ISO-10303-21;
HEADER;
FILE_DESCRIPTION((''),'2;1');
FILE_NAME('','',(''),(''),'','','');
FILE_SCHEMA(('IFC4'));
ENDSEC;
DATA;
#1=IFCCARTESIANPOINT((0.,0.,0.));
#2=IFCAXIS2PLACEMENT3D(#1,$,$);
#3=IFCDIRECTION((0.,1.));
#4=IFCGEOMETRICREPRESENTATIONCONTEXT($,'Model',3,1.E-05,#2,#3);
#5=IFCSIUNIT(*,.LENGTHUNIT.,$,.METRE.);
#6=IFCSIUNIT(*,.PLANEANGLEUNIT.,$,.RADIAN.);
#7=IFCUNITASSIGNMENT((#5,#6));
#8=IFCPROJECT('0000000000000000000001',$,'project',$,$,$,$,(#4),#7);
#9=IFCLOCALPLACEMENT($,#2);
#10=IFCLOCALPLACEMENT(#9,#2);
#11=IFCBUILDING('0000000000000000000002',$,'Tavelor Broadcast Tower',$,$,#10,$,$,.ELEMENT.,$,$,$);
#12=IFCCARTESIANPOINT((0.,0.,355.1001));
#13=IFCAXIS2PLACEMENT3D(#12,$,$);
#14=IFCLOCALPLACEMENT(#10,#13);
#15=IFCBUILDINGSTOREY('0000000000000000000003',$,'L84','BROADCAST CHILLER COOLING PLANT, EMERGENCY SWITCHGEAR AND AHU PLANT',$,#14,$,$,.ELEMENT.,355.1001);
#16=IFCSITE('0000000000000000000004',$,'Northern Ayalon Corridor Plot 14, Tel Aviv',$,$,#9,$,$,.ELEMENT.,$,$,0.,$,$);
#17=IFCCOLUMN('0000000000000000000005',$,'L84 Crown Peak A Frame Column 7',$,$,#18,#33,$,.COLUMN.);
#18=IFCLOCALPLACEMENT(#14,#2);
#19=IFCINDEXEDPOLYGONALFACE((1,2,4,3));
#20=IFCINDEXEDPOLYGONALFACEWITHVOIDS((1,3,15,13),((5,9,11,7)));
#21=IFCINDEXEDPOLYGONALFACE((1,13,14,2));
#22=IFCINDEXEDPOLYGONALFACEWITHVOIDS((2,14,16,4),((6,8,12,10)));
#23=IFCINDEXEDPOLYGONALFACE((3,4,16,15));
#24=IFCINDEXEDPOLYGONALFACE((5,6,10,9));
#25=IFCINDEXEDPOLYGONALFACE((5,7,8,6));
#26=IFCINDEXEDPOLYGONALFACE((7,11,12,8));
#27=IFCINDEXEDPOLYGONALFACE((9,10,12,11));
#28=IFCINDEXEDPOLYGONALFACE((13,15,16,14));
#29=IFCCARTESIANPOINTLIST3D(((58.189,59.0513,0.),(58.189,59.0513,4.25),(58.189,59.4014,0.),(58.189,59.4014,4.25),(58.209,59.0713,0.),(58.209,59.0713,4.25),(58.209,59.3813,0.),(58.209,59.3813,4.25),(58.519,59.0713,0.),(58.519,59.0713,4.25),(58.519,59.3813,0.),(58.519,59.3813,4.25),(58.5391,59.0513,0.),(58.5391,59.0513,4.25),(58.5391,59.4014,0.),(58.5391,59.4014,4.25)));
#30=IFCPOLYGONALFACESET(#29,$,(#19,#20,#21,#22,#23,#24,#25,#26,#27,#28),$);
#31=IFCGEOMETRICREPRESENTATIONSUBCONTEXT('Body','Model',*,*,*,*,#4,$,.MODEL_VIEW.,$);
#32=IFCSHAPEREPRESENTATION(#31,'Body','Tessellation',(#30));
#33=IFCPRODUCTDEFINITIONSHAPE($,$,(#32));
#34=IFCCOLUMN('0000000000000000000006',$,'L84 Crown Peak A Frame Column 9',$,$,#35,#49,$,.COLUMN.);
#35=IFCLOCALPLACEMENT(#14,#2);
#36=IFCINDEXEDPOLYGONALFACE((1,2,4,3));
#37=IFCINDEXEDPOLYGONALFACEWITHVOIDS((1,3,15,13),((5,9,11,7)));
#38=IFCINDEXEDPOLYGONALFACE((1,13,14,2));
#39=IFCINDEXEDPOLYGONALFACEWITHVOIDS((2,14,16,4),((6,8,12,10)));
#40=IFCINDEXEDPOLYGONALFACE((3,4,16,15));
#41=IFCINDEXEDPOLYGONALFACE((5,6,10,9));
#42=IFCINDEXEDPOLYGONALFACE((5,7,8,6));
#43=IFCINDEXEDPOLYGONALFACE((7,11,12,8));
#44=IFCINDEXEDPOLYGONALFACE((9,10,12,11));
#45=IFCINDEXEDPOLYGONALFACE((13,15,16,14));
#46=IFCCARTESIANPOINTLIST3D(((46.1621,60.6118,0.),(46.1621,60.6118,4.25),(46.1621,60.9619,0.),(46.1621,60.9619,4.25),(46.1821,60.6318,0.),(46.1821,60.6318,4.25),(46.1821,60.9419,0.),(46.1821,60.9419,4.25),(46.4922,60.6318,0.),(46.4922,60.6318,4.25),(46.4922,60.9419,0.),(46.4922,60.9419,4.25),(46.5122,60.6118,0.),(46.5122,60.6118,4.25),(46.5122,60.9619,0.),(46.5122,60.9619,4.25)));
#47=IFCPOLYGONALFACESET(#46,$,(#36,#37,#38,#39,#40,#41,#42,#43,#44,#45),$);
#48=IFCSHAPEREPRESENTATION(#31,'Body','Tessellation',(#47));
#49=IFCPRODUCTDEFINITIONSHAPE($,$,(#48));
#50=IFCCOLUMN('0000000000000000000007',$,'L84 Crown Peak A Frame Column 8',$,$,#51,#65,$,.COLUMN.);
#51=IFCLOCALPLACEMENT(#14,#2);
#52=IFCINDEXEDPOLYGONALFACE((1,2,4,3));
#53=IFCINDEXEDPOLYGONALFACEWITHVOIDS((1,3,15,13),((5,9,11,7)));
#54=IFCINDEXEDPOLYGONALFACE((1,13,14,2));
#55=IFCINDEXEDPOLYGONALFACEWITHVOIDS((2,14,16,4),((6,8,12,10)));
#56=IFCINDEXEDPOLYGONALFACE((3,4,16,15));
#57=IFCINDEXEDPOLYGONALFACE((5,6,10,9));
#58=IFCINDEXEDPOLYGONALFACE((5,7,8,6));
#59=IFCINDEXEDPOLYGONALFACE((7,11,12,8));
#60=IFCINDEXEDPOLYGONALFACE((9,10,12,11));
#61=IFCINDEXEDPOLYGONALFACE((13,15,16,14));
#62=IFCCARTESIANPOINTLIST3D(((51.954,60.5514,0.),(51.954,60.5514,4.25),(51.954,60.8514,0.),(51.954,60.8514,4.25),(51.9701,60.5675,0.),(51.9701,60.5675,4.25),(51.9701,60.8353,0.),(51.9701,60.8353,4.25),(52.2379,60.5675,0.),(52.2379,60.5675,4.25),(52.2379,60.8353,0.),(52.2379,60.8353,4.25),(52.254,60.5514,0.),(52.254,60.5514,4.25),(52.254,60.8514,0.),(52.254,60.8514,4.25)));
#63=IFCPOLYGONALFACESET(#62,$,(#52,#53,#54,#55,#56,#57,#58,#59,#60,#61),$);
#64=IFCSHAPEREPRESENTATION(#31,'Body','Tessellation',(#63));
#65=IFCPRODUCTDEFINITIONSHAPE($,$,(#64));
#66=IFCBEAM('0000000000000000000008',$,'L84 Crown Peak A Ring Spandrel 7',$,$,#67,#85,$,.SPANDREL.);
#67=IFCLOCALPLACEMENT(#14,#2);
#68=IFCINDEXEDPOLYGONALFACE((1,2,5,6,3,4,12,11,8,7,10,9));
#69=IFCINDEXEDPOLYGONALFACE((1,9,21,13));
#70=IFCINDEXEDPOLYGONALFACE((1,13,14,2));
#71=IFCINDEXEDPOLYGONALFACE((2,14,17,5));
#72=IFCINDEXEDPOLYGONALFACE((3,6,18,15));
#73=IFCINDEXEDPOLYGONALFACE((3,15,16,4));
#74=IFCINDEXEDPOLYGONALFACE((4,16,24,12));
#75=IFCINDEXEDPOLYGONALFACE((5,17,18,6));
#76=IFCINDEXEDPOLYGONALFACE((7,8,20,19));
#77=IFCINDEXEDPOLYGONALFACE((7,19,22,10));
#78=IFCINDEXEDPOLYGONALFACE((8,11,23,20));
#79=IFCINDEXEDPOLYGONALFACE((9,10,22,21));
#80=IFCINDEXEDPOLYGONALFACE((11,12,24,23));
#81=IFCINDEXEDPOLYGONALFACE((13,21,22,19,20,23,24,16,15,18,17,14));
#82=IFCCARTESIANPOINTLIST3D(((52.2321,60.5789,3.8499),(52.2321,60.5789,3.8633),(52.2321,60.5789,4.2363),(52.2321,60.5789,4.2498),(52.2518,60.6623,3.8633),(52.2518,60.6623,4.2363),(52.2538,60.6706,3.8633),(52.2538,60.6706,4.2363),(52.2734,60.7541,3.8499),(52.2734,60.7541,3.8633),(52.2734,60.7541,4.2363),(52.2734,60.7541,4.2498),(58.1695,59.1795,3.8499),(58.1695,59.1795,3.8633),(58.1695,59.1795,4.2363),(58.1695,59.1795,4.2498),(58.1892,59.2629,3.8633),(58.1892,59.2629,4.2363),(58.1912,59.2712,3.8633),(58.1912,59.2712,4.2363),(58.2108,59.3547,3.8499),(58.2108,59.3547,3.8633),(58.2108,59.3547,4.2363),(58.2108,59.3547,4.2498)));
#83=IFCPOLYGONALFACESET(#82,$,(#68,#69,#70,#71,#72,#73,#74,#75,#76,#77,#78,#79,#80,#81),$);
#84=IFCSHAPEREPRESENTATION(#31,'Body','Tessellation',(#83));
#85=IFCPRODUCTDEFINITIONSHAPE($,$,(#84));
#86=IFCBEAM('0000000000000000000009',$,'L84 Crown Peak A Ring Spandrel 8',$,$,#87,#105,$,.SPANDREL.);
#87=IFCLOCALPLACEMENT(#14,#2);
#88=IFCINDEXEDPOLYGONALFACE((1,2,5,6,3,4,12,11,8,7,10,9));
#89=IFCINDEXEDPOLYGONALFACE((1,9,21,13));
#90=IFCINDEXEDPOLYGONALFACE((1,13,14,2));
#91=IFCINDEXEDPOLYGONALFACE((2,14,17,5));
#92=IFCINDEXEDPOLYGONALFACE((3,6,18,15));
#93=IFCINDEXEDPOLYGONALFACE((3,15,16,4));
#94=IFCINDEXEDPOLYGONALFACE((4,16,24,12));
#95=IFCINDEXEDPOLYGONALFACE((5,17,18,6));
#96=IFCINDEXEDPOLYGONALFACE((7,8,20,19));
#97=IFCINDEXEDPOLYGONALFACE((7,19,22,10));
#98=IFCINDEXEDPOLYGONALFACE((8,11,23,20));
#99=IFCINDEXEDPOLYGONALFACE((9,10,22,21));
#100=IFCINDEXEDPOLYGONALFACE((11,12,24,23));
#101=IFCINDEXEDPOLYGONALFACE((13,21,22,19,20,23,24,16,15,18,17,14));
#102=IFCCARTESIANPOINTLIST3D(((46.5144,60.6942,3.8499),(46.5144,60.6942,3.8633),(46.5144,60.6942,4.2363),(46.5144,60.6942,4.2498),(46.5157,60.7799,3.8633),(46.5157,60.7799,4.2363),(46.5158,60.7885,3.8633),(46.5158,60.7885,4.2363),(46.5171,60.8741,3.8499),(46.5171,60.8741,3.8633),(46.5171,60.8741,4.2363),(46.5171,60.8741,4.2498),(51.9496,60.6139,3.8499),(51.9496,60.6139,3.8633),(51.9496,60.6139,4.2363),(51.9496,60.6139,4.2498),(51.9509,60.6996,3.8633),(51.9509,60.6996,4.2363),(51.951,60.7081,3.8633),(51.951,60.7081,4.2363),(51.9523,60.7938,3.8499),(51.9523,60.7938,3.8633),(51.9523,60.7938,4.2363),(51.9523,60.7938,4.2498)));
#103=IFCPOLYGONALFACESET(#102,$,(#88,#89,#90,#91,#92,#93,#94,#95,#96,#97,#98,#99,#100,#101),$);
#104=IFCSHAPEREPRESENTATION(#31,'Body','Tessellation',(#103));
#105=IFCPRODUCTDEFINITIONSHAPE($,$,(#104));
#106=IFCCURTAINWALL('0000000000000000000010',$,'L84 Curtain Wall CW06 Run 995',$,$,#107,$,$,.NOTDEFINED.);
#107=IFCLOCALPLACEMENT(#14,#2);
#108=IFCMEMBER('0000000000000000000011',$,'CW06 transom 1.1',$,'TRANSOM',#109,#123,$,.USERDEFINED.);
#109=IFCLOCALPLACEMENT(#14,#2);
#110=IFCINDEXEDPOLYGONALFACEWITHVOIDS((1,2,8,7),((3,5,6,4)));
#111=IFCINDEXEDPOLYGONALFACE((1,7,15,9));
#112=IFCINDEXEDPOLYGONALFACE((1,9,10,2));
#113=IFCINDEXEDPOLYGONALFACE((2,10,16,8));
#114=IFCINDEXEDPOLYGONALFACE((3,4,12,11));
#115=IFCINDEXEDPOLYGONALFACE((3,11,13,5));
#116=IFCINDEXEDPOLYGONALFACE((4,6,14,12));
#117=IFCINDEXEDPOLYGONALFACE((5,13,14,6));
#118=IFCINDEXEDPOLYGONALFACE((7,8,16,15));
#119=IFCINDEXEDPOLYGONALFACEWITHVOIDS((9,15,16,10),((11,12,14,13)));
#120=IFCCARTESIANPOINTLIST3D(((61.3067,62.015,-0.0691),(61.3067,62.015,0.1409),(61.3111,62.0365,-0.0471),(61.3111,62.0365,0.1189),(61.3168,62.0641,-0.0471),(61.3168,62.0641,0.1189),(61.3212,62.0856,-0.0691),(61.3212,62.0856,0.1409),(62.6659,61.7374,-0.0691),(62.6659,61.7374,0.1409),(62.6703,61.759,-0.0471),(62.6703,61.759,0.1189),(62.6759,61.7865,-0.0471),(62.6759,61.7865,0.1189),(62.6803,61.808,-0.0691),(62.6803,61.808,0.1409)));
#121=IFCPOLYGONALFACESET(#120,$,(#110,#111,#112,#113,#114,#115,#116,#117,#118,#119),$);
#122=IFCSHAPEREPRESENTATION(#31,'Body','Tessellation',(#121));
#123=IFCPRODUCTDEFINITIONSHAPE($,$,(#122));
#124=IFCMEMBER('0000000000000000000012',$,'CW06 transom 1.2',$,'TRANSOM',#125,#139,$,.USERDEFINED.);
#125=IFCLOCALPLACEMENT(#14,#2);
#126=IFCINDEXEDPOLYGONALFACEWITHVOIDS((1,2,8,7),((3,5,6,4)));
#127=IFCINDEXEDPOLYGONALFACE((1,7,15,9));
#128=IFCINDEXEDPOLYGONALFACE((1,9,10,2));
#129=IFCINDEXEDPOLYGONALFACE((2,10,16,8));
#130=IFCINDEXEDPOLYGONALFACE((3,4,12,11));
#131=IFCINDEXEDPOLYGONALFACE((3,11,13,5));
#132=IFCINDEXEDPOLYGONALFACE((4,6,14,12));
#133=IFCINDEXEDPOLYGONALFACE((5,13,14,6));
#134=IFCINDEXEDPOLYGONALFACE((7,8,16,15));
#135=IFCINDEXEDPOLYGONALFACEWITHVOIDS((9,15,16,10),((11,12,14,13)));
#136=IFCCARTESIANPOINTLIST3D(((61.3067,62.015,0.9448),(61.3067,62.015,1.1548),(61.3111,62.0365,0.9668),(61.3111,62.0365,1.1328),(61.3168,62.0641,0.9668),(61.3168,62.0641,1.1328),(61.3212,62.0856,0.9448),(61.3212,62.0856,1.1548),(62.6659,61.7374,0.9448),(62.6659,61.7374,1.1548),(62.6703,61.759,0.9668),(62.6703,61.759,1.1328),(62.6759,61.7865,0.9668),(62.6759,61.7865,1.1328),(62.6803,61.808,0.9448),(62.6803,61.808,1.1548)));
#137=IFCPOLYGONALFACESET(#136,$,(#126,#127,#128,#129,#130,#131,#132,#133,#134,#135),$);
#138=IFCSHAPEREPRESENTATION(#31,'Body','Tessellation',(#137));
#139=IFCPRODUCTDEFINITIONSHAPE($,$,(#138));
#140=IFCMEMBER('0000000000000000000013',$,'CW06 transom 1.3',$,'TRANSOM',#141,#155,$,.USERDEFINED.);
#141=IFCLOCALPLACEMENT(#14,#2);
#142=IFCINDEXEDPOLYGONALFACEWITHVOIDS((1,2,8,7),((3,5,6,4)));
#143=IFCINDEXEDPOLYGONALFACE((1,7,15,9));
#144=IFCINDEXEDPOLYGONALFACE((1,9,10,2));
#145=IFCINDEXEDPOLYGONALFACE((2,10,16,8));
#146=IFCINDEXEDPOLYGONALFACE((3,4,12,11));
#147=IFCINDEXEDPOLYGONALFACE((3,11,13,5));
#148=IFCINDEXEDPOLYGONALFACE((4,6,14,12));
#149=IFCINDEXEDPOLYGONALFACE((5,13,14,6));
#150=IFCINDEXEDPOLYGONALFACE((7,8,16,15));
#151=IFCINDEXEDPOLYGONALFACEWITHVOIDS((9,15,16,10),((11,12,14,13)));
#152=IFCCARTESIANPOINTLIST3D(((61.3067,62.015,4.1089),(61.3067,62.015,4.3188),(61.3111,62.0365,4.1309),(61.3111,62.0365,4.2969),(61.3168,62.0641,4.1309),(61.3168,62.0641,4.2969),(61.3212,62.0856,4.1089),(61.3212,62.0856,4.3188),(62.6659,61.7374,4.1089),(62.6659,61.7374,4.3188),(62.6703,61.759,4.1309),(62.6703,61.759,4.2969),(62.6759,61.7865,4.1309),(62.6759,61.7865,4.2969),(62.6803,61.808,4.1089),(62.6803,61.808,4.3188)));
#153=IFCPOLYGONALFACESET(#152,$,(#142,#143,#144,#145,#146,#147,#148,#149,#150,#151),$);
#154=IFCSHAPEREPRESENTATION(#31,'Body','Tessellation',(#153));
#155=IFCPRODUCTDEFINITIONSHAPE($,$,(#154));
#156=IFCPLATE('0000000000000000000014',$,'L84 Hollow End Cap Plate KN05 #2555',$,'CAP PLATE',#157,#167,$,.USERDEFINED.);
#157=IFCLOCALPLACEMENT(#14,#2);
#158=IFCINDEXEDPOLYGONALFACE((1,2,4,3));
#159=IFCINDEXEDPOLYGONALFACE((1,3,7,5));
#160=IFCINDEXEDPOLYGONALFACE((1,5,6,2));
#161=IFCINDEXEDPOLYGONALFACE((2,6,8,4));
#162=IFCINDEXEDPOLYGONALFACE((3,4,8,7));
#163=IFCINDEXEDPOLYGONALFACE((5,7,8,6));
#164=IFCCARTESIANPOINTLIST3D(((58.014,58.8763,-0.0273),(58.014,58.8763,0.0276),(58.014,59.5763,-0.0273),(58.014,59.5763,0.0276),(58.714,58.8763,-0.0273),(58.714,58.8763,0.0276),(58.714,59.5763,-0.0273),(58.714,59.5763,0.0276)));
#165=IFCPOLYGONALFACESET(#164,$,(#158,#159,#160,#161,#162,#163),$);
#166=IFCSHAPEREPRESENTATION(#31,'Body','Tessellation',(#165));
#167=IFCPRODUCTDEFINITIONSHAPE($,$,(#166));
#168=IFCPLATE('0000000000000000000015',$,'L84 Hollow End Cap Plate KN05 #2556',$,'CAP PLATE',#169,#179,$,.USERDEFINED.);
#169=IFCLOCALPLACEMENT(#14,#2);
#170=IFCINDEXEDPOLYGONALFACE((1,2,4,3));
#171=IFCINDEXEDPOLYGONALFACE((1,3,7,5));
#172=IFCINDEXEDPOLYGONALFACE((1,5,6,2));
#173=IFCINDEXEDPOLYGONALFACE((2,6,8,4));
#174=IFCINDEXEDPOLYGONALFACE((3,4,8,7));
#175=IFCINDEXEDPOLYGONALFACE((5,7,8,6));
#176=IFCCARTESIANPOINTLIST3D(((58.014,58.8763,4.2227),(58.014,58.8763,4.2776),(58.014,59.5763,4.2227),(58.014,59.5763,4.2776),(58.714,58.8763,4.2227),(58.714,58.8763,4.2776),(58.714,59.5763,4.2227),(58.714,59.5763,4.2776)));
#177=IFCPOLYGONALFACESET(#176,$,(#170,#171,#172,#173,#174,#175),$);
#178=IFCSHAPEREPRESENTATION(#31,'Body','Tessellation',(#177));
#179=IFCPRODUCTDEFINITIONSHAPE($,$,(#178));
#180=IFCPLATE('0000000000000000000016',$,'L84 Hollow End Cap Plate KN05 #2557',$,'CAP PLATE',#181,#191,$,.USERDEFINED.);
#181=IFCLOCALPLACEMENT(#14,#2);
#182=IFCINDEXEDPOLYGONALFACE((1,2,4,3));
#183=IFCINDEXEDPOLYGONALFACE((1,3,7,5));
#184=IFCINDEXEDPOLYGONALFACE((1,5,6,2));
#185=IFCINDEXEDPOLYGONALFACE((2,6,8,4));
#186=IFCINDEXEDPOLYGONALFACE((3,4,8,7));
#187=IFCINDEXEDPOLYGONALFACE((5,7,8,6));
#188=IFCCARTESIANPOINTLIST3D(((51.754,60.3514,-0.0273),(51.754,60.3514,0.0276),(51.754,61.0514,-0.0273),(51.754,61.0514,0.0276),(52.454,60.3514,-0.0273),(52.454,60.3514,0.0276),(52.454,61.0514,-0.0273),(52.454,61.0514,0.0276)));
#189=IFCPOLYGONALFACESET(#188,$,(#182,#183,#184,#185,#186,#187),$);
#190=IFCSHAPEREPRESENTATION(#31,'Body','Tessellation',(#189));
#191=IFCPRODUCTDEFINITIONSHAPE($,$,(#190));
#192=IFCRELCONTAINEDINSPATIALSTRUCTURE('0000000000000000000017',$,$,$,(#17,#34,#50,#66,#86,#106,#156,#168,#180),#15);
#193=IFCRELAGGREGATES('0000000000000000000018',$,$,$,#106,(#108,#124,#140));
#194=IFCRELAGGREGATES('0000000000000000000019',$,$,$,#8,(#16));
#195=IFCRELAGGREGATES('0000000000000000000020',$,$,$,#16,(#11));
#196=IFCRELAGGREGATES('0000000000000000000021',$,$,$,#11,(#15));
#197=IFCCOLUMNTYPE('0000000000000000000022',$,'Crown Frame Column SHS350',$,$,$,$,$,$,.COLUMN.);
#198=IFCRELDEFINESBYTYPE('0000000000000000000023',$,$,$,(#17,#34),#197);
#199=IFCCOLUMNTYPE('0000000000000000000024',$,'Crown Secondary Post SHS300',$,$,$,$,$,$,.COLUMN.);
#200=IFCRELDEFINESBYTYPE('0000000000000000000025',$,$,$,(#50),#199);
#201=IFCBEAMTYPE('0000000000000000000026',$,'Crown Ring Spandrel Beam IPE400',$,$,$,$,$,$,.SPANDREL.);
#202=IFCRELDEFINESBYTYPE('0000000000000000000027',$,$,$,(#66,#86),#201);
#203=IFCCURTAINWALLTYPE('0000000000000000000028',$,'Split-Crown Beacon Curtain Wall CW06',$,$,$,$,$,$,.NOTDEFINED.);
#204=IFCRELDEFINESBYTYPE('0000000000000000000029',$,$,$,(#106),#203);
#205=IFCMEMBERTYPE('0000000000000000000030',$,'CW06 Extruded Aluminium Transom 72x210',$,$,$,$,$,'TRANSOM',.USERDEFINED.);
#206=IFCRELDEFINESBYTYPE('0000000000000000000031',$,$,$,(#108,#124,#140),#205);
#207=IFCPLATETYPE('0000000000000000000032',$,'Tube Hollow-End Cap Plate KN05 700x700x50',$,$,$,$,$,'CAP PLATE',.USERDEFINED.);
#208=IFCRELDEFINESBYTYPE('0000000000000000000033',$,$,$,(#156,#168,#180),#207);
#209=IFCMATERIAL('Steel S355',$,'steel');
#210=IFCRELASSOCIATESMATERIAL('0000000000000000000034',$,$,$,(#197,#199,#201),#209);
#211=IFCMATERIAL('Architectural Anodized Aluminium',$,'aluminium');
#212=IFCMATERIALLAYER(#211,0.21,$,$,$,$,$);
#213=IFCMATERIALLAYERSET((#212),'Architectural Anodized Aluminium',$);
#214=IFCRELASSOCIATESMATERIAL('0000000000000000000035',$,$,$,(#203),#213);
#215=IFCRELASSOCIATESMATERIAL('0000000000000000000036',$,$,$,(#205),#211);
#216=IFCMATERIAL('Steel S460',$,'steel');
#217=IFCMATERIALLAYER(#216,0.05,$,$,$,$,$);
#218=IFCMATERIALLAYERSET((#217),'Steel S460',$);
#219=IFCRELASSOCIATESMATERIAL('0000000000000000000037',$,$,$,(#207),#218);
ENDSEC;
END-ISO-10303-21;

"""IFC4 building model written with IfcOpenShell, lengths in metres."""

from ifc_helpers import new_model, si_unit, direction, frame, origin, origin_2d, place, context, subcontext, project, spatial, rectangle, hollow_rectangle, i_section, extrude, source, transform, mapped, material, layer, layer_set, material_profile, profile_set, type_object, type_shapes, element, aggregate, save


model = new_model("IFC4")

# Units and contexts
model_context = context("Model", 3, precision=1e-05, world=origin(), true_north=direction((0.0, 1.0)))
body_context = subcontext(model_context, "Body", "Model", "MODEL_VIEW")
ifc_project = project(units=[si_unit("LENGTHUNIT", "METRE"), si_unit("PLANEANGLEUNIT", "RADIAN")], contexts=[model_context])

# Site, building, storey
site_placement = place(None, origin())
site = spatial("IfcSite", under=ifc_project, at=site_placement, Name="Northern Ayalon Corridor Plot 14, Tel Aviv", CompositionType="ELEMENT", RefElevation=0.0)
building_placement = place(site_placement, origin())
building = spatial("IfcBuilding", under=site, at=building_placement, Name="Tavelor Broadcast Tower", CompositionType="ELEMENT")
storey_placement = place(building_placement, frame((0.0, 0.0, 355.1001)))
storey = spatial("IfcBuildingStorey", under=building, at=storey_placement, Name="L84", Description="BROADCAST CHILLER COOLING PLANT, EMERGENCY SWITCHGEAR AND AHU PLANT", CompositionType="ELEMENT", Elevation=355.1001)

# Columns
ifc_material_1 = material(Name="Steel S355", Category="steel")
ifc_material_profile_1 = material_profile(ifc_material_1, hollow_rectangle(XDim=0.3501, YDim=0.3501, WallThickness=0.02, at=origin_2d()), Name="SHS 350x350x20")
ifc_profile_set_1 = profile_set([ifc_material_profile_1], Name="Steel S355")
column_type_1 = type_object("IfcColumnType", Name="Crown Frame Column SHS350", PredefinedType="COLUMN", material=ifc_profile_set_1)
for number, where, z_axis, x_axis, name in (
    (1, (58.364, 59.2263, 0.0), (0.0, 0.0, 1.0), (1.0, 0.0, 0.0), "L84 Crown Peak A Frame Column 7"),
    (2, (46.3372, 60.7869, 0.0), (0.0, 0.0, 1.0), (1.0, 0.0, 0.0), "L84 Crown Peak A Frame Column 9"),
):
    element("IfcColumn", number, at=place(storey_placement, frame(where, z_axis=z_axis, x_axis=x_axis)), inside=storey, type_object=column_type_1, Name=name, PredefinedType="COLUMN", context=body_context, shape_type="SweptSolid", body=[
        extrude(hollow_rectangle(XDim=0.3501, YDim=0.3501, WallThickness=0.02, at=origin_2d()), origin(), (0.0, 0.0, 1.0), 4.25),
    ])
ifc_material_profile_2 = material_profile(ifc_material_1, hollow_rectangle(XDim=0.3, YDim=0.3, WallThickness=0.0161, at=origin_2d()), Name="SHS 300x300x16")
ifc_profile_set_2 = profile_set([ifc_material_profile_2], Name="Steel S355")
column_type_2 = type_object("IfcColumnType", Name="Crown Secondary Post SHS300", PredefinedType="COLUMN", material=ifc_profile_set_2)
column_placement = place(storey_placement, frame((52.104, 60.7014, 0.0), z_axis=(0.0, 0.0, 1.0), x_axis=(1.0, 0.0, 0.0)))
element("IfcColumn", 3, at=column_placement, inside=storey, type_object=column_type_2, Name="L84 Crown Peak A Frame Column 8", PredefinedType="COLUMN", context=body_context, shape_type="SweptSolid", body=[
    extrude(hollow_rectangle(XDim=0.3, YDim=0.3, WallThickness=0.0161, at=origin_2d()), origin(), (0.0, 0.0, 1.0), 4.25),
])

# Beams
ifc_material_profile_3 = material_profile(ifc_material_1, i_section(OverallWidth=0.1799, OverallDepth=0.3999, WebThickness=0.0085, FlangeThickness=0.0134, at=origin_2d()), Name="IPE 400")
ifc_profile_set_3 = profile_set([ifc_material_profile_3], Name="Steel S355")
beam_type = type_object("IfcBeamType", Name="Crown Ring Spandrel Beam IPE400", PredefinedType="SPANDREL", material=ifc_profile_set_3)
beam_1_placement = place(storey_placement, frame((58.1902, 59.2671, 4.0498), z_axis=(-0.973331, 0.229405, 0.0), x_axis=(-0.229405, -0.973331, 0.0)))
element("IfcBeam", 4, at=beam_1_placement, inside=storey, type_object=beam_type, Name="L84 Crown Peak A Ring Spandrel 7", PredefinedType="SPANDREL", context=body_context, shape_type="SweptSolid", body=[
    extrude(i_section(OverallWidth=0.1799, OverallDepth=0.3999, WebThickness=0.0085, FlangeThickness=0.0134, at=origin_2d()), origin(), (0.0, 0.0, 1.0), 6.1001),
])
beam_2_placement = place(storey_placement, frame((51.9509, 60.7039, 4.0498), z_axis=(-0.999891, 0.014776, 0.0), x_axis=(-0.014776, -0.999891, 0.0)))
element("IfcBeam", 5, at=beam_2_placement, inside=storey, type_object=beam_type, Name="L84 Crown Peak A Ring Spandrel 8", PredefinedType="SPANDREL", context=body_context, shape_type="SweptSolid", body=[
    extrude(i_section(OverallWidth=0.1799, OverallDepth=0.3999, WebThickness=0.0085, FlangeThickness=0.0134, at=origin_2d()), origin(), (0.0, 0.0, 1.0), 5.4358),
])

# Curtain wall, members
ifc_material_2 = material(Name="Architectural Anodized Aluminium", Category="aluminium")
ifc_layer_1 = layer(ifc_material_2, 0.21)
ifc_layer_set_1 = layer_set([ifc_layer_1], Name="Architectural Anodized Aluminium")
curtain_wall_type = type_object("IfcCurtainWallType", Name="Split-Crown Beacon Curtain Wall CW06", PredefinedType="NOTDEFINED", material=ifc_layer_set_1)
curtain_wall_1_placement = place(storey_placement, origin())
curtain_wall_1 = element("IfcCurtainWall", 6, at=curtain_wall_1_placement, inside=storey, type_object=curtain_wall_type, Name="L84 Curtain Wall CW06 Run 995", PredefinedType="NOTDEFINED")
ifc_material_profile_4 = material_profile(ifc_material_2, hollow_rectangle(XDim=0.072, YDim=0.21, WallThickness=0.022, at=origin_2d()), Name="RHS 72x210x22")
ifc_profile_set_4 = profile_set([ifc_material_profile_4], Name="Architectural Anodized Aluminium")
member_type = type_object("IfcMemberType", Name="CW06 Extruded Aluminium Transom 72x210", ElementType="TRANSOM", PredefinedType="USERDEFINED", material=ifc_profile_set_4)
shared_shape_1 = source(origin(), body_context, "Body", "SweptSolid", [
    extrude(hollow_rectangle(XDim=0.072, YDim=0.21, WallThickness=0.022, at=origin_2d()), origin(), (0.0, 0.0, 1.0), 1.3872),
])
type_shapes(member_type, [shared_shape_1])
member_1_placement = place(storey_placement, frame((62.6731, 61.7727, 0.0359), z_axis=(-0.979774, 0.200108, 0.0), x_axis=(-0.200108, -0.979774, 0.0)))
member_1 = element("IfcMember", 7, at=member_1_placement, type_object=member_type, Name="CW06 transom 1.1", ObjectType="TRANSOM", PredefinedType="USERDEFINED", context=body_context, shape_type="MappedRepresentation", body=[
    mapped(shared_shape_1, transform((0.0, 0.0, 0.0), scale=1.0)),
])
member_2_placement = place(storey_placement, frame((62.6731, 61.7727, 1.0498), z_axis=(-0.979774, 0.200108, 0.0), x_axis=(-0.200108, -0.979774, 0.0)))
member_2 = element("IfcMember", 8, at=member_2_placement, type_object=member_type, Name="CW06 transom 1.2", ObjectType="TRANSOM", PredefinedType="USERDEFINED", context=body_context, shape_type="MappedRepresentation", body=[
    mapped(shared_shape_1, transform((0.0, 0.0, 0.0), scale=1.0)),
])
member_3_placement = place(storey_placement, frame((62.6731, 61.7727, 4.2139), z_axis=(-0.979774, 0.200108, 0.0), x_axis=(-0.200108, -0.979774, 0.0)))
member_3 = element("IfcMember", 9, at=member_3_placement, type_object=member_type, Name="CW06 transom 1.3", ObjectType="TRANSOM", PredefinedType="USERDEFINED", context=body_context, shape_type="MappedRepresentation", body=[
    mapped(shared_shape_1, transform((0.0, 0.0, 0.0), scale=1.0)),
])

# Plates
ifc_material_3 = material(Name="Steel S460", Category="steel")
ifc_layer_2 = layer(ifc_material_3, 0.05)
ifc_layer_set_2 = layer_set([ifc_layer_2], Name="Steel S460")
plate_type_1 = type_object("IfcPlateType", Name="Tube Hollow-End Cap Plate KN05 700x700x50", ElementType="CAP PLATE", PredefinedType="USERDEFINED", material=ifc_layer_set_2)
shared_shape_2 = source(origin(), body_context, "Body", "SweptSolid", [
    extrude(rectangle(XDim=0.7, YDim=0.7, at=origin_2d()), origin(), (0.0, 0.0, 1.0), 0.0549),
])
type_shapes(plate_type_1, [shared_shape_2])
for number, where, z_axis, x_axis, name in (
    (10, (58.364, 59.2263, -0.0273), (0.0, 0.0, 1.0), (1.0, 0.0, 0.0), "L84 Hollow End Cap Plate KN05 #2555"),
    (11, (58.364, 59.2263, 4.2227), (0.0, 0.0, 1.0), (1.0, 0.0, 0.0), "L84 Hollow End Cap Plate KN05 #2556"),
    (12, (52.104, 60.7014, -0.0273), (0.0, 0.0, 1.0), (1.0, 0.0, 0.0), "L84 Hollow End Cap Plate KN05 #2557"),
):
    element("IfcPlate", number, at=place(storey_placement, frame(where, z_axis=z_axis, x_axis=x_axis)), inside=storey, type_object=plate_type_1, Name=name, ObjectType="CAP PLATE", PredefinedType="USERDEFINED", context=body_context, shape_type="MappedRepresentation", body=[
        mapped(shared_shape_2, transform((0.0, 0.0, 0.0), scale=1.0)),
    ])

aggregate(curtain_wall_1, [member_1, member_2, member_3])

save(model, "model.ifc")
